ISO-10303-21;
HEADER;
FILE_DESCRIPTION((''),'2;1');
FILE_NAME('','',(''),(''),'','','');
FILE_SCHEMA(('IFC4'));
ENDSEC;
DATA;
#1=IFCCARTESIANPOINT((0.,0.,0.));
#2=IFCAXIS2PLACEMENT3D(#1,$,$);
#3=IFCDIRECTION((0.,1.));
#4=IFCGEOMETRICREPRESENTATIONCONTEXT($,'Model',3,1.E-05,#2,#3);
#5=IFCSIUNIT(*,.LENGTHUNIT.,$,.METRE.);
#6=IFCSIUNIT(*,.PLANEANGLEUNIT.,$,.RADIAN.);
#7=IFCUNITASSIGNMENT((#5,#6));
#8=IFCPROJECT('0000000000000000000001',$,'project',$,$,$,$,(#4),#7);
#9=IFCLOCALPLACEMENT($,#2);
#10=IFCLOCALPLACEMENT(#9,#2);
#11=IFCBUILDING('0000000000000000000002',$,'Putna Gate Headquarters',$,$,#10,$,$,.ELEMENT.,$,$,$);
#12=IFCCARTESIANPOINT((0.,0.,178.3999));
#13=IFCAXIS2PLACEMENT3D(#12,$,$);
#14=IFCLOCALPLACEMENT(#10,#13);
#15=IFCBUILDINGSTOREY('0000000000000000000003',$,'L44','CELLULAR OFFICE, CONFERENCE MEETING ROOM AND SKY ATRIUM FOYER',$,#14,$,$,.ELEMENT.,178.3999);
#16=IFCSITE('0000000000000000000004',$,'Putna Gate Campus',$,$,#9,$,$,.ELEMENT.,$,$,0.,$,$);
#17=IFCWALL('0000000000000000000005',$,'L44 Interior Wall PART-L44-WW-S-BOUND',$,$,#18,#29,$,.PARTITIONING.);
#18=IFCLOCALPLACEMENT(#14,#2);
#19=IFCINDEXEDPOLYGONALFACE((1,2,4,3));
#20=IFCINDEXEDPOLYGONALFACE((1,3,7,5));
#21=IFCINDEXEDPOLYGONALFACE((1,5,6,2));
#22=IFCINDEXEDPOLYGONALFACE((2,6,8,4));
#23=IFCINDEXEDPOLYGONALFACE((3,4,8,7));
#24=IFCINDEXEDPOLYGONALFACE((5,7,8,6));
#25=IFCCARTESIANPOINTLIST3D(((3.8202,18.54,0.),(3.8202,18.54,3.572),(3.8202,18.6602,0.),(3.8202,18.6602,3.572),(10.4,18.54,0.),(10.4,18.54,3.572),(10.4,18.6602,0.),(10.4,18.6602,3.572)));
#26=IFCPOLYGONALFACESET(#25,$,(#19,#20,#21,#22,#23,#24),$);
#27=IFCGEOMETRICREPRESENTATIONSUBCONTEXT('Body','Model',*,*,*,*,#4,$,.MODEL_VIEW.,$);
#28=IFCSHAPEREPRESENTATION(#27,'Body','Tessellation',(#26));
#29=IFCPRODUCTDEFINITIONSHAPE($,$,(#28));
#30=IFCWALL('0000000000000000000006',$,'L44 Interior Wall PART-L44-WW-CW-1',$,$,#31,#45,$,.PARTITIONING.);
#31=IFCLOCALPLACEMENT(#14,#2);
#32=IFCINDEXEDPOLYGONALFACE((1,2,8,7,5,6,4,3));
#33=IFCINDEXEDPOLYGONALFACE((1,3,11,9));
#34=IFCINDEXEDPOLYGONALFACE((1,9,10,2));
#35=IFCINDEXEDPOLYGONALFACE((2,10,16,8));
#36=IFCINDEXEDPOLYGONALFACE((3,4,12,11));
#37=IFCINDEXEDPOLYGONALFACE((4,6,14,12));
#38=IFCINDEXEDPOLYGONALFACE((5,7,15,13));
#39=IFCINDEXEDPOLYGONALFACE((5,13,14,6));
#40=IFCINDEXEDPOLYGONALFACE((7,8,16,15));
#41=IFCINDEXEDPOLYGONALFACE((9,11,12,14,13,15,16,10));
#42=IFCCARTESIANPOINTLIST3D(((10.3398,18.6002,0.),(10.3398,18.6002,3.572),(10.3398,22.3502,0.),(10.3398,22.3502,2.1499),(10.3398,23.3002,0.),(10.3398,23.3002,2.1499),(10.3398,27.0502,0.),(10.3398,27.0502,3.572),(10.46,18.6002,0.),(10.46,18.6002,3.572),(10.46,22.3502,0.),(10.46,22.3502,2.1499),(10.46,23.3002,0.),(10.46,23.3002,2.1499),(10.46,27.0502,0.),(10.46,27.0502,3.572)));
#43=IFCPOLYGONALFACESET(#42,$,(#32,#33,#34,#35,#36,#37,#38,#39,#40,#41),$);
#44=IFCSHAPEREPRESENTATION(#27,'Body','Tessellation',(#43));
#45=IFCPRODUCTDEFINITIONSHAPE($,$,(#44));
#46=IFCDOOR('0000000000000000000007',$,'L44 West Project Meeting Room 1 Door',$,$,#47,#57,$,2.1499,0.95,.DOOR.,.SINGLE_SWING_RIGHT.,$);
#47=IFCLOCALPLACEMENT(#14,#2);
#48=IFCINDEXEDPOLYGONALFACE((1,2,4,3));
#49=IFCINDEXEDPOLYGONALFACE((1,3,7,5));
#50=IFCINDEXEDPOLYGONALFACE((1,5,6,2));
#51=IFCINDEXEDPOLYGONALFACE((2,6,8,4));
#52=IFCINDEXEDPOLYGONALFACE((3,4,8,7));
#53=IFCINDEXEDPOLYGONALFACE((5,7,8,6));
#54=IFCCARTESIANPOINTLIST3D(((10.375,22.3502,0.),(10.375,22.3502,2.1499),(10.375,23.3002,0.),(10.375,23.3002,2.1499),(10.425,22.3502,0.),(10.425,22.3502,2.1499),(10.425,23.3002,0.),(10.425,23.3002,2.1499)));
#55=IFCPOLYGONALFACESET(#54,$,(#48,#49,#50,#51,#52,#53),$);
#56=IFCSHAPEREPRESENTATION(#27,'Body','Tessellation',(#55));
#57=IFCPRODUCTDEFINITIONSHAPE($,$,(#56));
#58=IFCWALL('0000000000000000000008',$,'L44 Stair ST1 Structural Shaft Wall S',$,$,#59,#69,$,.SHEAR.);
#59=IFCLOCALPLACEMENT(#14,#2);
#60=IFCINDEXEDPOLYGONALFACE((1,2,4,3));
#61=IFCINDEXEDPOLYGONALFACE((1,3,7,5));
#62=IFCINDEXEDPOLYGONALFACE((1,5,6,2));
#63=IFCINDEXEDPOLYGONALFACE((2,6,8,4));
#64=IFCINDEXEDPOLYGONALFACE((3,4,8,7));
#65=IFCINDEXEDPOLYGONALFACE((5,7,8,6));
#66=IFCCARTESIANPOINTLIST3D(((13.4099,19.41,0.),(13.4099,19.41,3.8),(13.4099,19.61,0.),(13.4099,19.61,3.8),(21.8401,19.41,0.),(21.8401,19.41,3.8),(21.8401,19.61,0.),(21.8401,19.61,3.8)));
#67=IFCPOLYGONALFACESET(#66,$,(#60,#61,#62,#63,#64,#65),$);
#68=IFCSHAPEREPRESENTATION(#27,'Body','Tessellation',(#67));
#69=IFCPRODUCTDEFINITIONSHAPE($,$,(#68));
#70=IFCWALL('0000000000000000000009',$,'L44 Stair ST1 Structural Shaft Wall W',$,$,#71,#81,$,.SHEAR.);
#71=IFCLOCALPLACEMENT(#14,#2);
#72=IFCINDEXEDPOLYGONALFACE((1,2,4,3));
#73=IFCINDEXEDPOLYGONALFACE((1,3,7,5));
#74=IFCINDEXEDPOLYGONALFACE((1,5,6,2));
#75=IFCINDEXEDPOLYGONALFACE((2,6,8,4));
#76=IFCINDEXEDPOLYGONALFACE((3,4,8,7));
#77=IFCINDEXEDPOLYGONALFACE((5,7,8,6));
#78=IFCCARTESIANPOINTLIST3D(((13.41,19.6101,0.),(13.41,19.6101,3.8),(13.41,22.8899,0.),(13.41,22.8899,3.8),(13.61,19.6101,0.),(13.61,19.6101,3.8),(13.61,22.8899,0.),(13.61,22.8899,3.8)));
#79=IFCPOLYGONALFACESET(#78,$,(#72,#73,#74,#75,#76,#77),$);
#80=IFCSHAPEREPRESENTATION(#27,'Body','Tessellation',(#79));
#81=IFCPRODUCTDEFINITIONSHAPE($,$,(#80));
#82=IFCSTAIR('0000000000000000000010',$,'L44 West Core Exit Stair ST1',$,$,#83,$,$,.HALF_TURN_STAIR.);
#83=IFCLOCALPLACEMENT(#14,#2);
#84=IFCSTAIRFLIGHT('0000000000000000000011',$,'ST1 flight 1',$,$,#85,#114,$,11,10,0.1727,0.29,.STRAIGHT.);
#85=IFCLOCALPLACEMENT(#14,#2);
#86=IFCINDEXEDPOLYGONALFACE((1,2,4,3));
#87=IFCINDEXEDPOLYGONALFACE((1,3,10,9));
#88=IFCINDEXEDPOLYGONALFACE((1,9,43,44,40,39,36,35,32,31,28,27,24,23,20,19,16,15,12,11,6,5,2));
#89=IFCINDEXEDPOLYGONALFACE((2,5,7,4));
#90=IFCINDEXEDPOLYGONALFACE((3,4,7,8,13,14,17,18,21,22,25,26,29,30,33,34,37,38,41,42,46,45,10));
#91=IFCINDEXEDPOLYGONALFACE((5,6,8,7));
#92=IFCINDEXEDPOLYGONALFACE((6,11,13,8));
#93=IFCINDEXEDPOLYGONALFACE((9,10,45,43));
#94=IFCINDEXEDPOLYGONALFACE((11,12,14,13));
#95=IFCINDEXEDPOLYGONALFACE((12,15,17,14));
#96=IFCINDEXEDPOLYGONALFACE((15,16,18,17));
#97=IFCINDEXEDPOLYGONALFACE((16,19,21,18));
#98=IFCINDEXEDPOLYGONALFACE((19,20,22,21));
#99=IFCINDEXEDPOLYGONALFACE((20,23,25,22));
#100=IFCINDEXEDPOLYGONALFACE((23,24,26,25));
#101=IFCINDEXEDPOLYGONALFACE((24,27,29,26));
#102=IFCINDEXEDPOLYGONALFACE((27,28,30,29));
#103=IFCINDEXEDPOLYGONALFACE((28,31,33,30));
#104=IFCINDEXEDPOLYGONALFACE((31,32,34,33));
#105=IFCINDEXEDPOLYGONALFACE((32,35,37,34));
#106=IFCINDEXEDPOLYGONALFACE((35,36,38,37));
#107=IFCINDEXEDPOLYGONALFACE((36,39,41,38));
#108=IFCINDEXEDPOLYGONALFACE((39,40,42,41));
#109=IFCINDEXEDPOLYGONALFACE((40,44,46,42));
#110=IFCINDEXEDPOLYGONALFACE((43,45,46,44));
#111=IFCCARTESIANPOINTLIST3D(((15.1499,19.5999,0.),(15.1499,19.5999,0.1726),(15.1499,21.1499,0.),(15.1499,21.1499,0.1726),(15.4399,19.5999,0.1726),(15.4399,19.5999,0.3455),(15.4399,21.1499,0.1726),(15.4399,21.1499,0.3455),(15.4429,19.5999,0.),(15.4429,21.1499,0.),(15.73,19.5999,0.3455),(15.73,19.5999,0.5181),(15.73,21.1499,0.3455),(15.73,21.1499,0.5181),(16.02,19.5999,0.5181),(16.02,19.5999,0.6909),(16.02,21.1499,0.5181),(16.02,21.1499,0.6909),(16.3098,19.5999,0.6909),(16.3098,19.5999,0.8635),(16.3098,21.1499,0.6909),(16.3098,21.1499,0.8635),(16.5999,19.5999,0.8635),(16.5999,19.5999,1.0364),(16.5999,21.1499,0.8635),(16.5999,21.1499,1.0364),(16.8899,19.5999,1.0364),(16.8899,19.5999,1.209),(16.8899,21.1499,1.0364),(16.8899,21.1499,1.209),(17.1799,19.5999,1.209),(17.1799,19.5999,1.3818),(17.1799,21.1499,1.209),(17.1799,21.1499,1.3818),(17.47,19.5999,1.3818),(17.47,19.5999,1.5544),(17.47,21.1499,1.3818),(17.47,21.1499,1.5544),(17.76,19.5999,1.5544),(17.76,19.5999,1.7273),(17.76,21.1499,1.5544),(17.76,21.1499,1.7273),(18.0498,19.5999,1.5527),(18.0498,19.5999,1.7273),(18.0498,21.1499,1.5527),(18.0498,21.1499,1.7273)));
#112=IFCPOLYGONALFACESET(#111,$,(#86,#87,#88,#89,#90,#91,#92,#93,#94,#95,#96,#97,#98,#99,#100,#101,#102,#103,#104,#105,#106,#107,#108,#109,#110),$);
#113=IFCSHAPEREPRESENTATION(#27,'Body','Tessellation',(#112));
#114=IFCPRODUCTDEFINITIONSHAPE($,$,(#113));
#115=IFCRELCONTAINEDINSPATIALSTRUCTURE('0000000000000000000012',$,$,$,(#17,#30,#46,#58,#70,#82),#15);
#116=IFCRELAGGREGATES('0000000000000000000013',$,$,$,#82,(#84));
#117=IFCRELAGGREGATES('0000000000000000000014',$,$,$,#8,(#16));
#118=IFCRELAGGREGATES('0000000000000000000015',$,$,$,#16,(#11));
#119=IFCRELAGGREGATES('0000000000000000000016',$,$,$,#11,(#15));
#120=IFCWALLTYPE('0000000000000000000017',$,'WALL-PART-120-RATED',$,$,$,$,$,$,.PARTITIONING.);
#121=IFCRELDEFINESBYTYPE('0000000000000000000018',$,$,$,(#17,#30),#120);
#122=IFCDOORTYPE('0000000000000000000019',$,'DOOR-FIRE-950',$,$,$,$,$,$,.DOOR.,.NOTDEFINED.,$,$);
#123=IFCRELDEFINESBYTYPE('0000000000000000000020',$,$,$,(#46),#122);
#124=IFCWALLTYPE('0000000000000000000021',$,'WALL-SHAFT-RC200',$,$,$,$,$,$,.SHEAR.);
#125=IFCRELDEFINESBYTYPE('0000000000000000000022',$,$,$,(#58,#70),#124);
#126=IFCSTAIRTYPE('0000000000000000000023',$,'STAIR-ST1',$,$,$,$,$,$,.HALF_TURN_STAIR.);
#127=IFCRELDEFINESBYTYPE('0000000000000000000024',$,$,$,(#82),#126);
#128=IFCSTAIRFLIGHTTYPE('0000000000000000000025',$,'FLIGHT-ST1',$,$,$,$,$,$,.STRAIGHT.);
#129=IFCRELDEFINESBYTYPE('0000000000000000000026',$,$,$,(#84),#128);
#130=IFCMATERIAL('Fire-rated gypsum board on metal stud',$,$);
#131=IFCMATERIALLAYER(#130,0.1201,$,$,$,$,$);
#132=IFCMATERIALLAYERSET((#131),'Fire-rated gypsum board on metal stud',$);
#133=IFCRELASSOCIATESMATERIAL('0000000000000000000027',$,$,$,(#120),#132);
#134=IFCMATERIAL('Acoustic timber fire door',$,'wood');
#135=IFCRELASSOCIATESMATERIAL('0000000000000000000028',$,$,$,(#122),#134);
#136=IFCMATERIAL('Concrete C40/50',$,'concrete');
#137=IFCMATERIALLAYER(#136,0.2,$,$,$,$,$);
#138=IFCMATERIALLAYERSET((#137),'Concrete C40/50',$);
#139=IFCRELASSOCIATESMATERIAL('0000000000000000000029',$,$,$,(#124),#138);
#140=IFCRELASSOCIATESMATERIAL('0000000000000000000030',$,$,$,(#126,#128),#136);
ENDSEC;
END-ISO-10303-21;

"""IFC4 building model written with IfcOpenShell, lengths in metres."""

from ifc_helpers import new_model, si_unit, direction, frame, frame_2d, origin, place, context, subcontext, project, spatial, polyline, rectangle, outline, extrude, material, layer, layer_set, type_object, element, fill, aggregate, save


model = new_model("IFC4")

# Units and contexts
model_context = context("Model", 3, precision=1e-05, world=origin(), true_north=direction((0.0, 1.0)))
body_context = subcontext(model_context, "Body", "Model", "MODEL_VIEW")
ifc_project = project(units=[si_unit("LENGTHUNIT", "METRE"), si_unit("PLANEANGLEUNIT", "RADIAN")], contexts=[model_context])

# Site, building, storey
site_placement = place(None, origin())
site = spatial("IfcSite", under=ifc_project, at=site_placement, Name="Putna Gate Campus", CompositionType="ELEMENT", RefElevation=0.0)
building_placement = place(site_placement, origin())
building = spatial("IfcBuilding", under=site, at=building_placement, Name="Putna Gate Headquarters", CompositionType="ELEMENT")
storey_placement = place(building_placement, frame((0.0, 0.0, 178.3999)))
storey = spatial("IfcBuildingStorey", under=building, at=storey_placement, Name="L44", Description="CELLULAR OFFICE, CONFERENCE MEETING ROOM AND SKY ATRIUM FOYER", CompositionType="ELEMENT", Elevation=178.3999)

# Shared definitions
ifc_material_1 = material(Name="Fire-rated gypsum board on metal stud")
ifc_layer_1 = layer(ifc_material_1, 0.1201)
ifc_layer_set_1 = layer_set([ifc_layer_1], Name="Fire-rated gypsum board on metal stud")
wall_type_1 = type_object("IfcWallType", Name="WALL-PART-120-RATED", PredefinedType="PARTITIONING", material=ifc_layer_set_1)

# Shared definitions
ifc_material_2 = material(Name="Acoustic timber fire door", Category="wood")
door_type_1 = type_object("IfcDoorType", Name="DOOR-FIRE-950", OperationType="NOTDEFINED", PredefinedType="DOOR", material=ifc_material_2)

# Wall
wall_1_placement = place(storey_placement, frame((3.8201, 18.6001, 0.0), z_axis=(0.0, 0.0, 1.0), x_axis=(1.0, 0.0, 0.0)))
element("IfcWall", 1, at=wall_1_placement, inside=storey, type_object=wall_type_1, Name="L44 Interior Wall PART-L44-WW-S-BOUND", PredefinedType="PARTITIONING", context=body_context, shape_type="SweptSolid", body=[
    extrude(rectangle(XDim=6.5798, YDim=0.1201, at=frame_2d((3.29, 0.0))), origin(), (0.0, 0.0, 1.0), 3.572),
])

# Wall, opening, door
wall_2_placement = place(storey_placement, frame((10.3999, 18.6001, 0.0), z_axis=(0.0, 0.0, 1.0), x_axis=(0.0, 1.0, 0.0)))
wall_2 = element("IfcWall", 2, at=wall_2_placement, inside=storey, type_object=wall_type_1, Name="L44 Interior Wall PART-L44-WW-CW-1", PredefinedType="PARTITIONING", context=body_context, shape_type="SweptSolid", body=[
    extrude(rectangle(XDim=8.45, YDim=0.1201, at=frame_2d((4.2251, 0.0))), origin(), (0.0, 0.0, 1.0), 3.572),
])
opening_1_placement = place(wall_2_placement, frame((3.75, 0.0, 0.0)))
opening_1 = element("IfcOpeningElement", 3, at=opening_1_placement, cuts=wall_2, PredefinedType="OPENING", context=body_context, shape_type="SweptSolid", body=[
    extrude(rectangle(XDim=0.95, YDim=2.1499, at=frame_2d((0.4751, 1.075))), frame((0.0, 0.0701, 0.0), z_axis=(0.0, -1.0, 0.0), x_axis=(1.0, 0.0, 0.0)), (0.0, 0.0, 1.0), 0.1401),
])
door_1_placement = place(opening_1_placement, origin())
door_1 = element("IfcDoor", 4, at=door_1_placement, inside=storey, type_object=door_type_1, Name="L44 West Project Meeting Room 1 Door", OperationType="SINGLE_SWING_RIGHT", OverallHeight=2.1499, OverallWidth=0.95, PredefinedType="DOOR", context=body_context, shape_type="SweptSolid", body=[
    extrude(rectangle(XDim=0.95, YDim=2.1499, at=frame_2d((0.4751, 1.075))), frame((0.0, 0.0249, 0.0), z_axis=(0.0, -1.0, 0.0), x_axis=(1.0, 0.0, 0.0)), (0.0, 0.0, 1.0), 0.05),
])
fill(opening_1, door_1)

# Walls
ifc_material_3 = material(Name="Concrete C40/50", Category="concrete")
ifc_layer_2 = layer(ifc_material_3, 0.2)
ifc_layer_set_2 = layer_set([ifc_layer_2], Name="Concrete C40/50")
wall_type_2 = type_object("IfcWallType", Name="WALL-SHAFT-RC200", PredefinedType="SHEAR", material=ifc_layer_set_2)
wall_3_placement = place(storey_placement, frame((13.4099, 19.51, 0.0), z_axis=(0.0, 0.0, 1.0), x_axis=(1.0, 0.0, 0.0)))
element("IfcWall", 5, at=wall_3_placement, inside=storey, type_object=wall_type_2, Name="L44 Stair ST1 Structural Shaft Wall S", PredefinedType="SHEAR", context=body_context, shape_type="SweptSolid", body=[
    extrude(rectangle(XDim=8.4302, YDim=0.2, at=frame_2d((4.2151, 0.0))), origin(), (0.0, 0.0, 1.0), 3.8),
])
wall_4_placement = place(storey_placement, frame((13.51, 19.6101, 0.0), z_axis=(0.0, 0.0, 1.0), x_axis=(0.0, 1.0, 0.0)))
element("IfcWall", 6, at=wall_4_placement, inside=storey, type_object=wall_type_2, Name="L44 Stair ST1 Structural Shaft Wall W", PredefinedType="SHEAR", context=body_context, shape_type="SweptSolid", body=[
    extrude(rectangle(XDim=3.2798, YDim=0.2, at=frame_2d((1.6399, 0.0))), origin(), (0.0, 0.0, 1.0), 3.8),
])

# Stair, stair flight
stair_type = type_object("IfcStairType", Name="STAIR-ST1", PredefinedType="HALF_TURN_STAIR", material=ifc_material_3)
stair_placement = place(storey_placement, origin())
stair = element("IfcStair", 7, at=stair_placement, inside=storey, type_object=stair_type, Name="L44 West Core Exit Stair ST1", PredefinedType="HALF_TURN_STAIR")
stair_flight_type = type_object("IfcStairFlightType", Name="FLIGHT-ST1", PredefinedType="STRAIGHT", material=ifc_material_3)
stair_flight_placement = place(storey_placement, frame((15.1499, 20.375, 0.0), z_axis=(0.0, 0.0, 1.0), x_axis=(1.0, 0.0, 0.0)))
stair_flight = element("IfcStairFlight", 8, at=stair_flight_placement, type_object=stair_flight_type, Name="ST1 flight 1", NumberOfRisers=11, NumberOfTreads=10, PredefinedType="STRAIGHT", RiserHeight=0.1727, TreadLength=0.29, context=body_context, shape_type="SweptSolid", body=[
    extrude(outline(polyline([(0.0, 0.0), (0.0, 0.1726), (0.29, 0.1726), (0.29, 0.3455), (0.5801, 0.3455), (0.5801, 0.5181), (0.8701, 0.5181), (0.8701, 0.6909), (1.1599, 0.6909), (1.1599, 0.8635), (1.45, 0.8635), (1.45, 1.0364), (1.74, 1.0364), (1.74, 1.209), (2.03, 1.209), (2.03, 1.3818), (2.3201, 1.3818), (2.3201, 1.5544), (2.6101, 1.5544), (2.6101, 1.7273), (2.8999, 1.7273), (2.8999, 1.8999), (2.8999, 1.5527), (0.293, 0.0), (0.0, 0.0)])), frame((0.0, 0.7749, 0.0), z_axis=(0.0, -1.0, 0.0), x_axis=(1.0, 0.0, 0.0)), (0.0, 0.0, 1.0), 1.55),
])
aggregate(stair, [stair_flight])

save(model, "model.ifc")
